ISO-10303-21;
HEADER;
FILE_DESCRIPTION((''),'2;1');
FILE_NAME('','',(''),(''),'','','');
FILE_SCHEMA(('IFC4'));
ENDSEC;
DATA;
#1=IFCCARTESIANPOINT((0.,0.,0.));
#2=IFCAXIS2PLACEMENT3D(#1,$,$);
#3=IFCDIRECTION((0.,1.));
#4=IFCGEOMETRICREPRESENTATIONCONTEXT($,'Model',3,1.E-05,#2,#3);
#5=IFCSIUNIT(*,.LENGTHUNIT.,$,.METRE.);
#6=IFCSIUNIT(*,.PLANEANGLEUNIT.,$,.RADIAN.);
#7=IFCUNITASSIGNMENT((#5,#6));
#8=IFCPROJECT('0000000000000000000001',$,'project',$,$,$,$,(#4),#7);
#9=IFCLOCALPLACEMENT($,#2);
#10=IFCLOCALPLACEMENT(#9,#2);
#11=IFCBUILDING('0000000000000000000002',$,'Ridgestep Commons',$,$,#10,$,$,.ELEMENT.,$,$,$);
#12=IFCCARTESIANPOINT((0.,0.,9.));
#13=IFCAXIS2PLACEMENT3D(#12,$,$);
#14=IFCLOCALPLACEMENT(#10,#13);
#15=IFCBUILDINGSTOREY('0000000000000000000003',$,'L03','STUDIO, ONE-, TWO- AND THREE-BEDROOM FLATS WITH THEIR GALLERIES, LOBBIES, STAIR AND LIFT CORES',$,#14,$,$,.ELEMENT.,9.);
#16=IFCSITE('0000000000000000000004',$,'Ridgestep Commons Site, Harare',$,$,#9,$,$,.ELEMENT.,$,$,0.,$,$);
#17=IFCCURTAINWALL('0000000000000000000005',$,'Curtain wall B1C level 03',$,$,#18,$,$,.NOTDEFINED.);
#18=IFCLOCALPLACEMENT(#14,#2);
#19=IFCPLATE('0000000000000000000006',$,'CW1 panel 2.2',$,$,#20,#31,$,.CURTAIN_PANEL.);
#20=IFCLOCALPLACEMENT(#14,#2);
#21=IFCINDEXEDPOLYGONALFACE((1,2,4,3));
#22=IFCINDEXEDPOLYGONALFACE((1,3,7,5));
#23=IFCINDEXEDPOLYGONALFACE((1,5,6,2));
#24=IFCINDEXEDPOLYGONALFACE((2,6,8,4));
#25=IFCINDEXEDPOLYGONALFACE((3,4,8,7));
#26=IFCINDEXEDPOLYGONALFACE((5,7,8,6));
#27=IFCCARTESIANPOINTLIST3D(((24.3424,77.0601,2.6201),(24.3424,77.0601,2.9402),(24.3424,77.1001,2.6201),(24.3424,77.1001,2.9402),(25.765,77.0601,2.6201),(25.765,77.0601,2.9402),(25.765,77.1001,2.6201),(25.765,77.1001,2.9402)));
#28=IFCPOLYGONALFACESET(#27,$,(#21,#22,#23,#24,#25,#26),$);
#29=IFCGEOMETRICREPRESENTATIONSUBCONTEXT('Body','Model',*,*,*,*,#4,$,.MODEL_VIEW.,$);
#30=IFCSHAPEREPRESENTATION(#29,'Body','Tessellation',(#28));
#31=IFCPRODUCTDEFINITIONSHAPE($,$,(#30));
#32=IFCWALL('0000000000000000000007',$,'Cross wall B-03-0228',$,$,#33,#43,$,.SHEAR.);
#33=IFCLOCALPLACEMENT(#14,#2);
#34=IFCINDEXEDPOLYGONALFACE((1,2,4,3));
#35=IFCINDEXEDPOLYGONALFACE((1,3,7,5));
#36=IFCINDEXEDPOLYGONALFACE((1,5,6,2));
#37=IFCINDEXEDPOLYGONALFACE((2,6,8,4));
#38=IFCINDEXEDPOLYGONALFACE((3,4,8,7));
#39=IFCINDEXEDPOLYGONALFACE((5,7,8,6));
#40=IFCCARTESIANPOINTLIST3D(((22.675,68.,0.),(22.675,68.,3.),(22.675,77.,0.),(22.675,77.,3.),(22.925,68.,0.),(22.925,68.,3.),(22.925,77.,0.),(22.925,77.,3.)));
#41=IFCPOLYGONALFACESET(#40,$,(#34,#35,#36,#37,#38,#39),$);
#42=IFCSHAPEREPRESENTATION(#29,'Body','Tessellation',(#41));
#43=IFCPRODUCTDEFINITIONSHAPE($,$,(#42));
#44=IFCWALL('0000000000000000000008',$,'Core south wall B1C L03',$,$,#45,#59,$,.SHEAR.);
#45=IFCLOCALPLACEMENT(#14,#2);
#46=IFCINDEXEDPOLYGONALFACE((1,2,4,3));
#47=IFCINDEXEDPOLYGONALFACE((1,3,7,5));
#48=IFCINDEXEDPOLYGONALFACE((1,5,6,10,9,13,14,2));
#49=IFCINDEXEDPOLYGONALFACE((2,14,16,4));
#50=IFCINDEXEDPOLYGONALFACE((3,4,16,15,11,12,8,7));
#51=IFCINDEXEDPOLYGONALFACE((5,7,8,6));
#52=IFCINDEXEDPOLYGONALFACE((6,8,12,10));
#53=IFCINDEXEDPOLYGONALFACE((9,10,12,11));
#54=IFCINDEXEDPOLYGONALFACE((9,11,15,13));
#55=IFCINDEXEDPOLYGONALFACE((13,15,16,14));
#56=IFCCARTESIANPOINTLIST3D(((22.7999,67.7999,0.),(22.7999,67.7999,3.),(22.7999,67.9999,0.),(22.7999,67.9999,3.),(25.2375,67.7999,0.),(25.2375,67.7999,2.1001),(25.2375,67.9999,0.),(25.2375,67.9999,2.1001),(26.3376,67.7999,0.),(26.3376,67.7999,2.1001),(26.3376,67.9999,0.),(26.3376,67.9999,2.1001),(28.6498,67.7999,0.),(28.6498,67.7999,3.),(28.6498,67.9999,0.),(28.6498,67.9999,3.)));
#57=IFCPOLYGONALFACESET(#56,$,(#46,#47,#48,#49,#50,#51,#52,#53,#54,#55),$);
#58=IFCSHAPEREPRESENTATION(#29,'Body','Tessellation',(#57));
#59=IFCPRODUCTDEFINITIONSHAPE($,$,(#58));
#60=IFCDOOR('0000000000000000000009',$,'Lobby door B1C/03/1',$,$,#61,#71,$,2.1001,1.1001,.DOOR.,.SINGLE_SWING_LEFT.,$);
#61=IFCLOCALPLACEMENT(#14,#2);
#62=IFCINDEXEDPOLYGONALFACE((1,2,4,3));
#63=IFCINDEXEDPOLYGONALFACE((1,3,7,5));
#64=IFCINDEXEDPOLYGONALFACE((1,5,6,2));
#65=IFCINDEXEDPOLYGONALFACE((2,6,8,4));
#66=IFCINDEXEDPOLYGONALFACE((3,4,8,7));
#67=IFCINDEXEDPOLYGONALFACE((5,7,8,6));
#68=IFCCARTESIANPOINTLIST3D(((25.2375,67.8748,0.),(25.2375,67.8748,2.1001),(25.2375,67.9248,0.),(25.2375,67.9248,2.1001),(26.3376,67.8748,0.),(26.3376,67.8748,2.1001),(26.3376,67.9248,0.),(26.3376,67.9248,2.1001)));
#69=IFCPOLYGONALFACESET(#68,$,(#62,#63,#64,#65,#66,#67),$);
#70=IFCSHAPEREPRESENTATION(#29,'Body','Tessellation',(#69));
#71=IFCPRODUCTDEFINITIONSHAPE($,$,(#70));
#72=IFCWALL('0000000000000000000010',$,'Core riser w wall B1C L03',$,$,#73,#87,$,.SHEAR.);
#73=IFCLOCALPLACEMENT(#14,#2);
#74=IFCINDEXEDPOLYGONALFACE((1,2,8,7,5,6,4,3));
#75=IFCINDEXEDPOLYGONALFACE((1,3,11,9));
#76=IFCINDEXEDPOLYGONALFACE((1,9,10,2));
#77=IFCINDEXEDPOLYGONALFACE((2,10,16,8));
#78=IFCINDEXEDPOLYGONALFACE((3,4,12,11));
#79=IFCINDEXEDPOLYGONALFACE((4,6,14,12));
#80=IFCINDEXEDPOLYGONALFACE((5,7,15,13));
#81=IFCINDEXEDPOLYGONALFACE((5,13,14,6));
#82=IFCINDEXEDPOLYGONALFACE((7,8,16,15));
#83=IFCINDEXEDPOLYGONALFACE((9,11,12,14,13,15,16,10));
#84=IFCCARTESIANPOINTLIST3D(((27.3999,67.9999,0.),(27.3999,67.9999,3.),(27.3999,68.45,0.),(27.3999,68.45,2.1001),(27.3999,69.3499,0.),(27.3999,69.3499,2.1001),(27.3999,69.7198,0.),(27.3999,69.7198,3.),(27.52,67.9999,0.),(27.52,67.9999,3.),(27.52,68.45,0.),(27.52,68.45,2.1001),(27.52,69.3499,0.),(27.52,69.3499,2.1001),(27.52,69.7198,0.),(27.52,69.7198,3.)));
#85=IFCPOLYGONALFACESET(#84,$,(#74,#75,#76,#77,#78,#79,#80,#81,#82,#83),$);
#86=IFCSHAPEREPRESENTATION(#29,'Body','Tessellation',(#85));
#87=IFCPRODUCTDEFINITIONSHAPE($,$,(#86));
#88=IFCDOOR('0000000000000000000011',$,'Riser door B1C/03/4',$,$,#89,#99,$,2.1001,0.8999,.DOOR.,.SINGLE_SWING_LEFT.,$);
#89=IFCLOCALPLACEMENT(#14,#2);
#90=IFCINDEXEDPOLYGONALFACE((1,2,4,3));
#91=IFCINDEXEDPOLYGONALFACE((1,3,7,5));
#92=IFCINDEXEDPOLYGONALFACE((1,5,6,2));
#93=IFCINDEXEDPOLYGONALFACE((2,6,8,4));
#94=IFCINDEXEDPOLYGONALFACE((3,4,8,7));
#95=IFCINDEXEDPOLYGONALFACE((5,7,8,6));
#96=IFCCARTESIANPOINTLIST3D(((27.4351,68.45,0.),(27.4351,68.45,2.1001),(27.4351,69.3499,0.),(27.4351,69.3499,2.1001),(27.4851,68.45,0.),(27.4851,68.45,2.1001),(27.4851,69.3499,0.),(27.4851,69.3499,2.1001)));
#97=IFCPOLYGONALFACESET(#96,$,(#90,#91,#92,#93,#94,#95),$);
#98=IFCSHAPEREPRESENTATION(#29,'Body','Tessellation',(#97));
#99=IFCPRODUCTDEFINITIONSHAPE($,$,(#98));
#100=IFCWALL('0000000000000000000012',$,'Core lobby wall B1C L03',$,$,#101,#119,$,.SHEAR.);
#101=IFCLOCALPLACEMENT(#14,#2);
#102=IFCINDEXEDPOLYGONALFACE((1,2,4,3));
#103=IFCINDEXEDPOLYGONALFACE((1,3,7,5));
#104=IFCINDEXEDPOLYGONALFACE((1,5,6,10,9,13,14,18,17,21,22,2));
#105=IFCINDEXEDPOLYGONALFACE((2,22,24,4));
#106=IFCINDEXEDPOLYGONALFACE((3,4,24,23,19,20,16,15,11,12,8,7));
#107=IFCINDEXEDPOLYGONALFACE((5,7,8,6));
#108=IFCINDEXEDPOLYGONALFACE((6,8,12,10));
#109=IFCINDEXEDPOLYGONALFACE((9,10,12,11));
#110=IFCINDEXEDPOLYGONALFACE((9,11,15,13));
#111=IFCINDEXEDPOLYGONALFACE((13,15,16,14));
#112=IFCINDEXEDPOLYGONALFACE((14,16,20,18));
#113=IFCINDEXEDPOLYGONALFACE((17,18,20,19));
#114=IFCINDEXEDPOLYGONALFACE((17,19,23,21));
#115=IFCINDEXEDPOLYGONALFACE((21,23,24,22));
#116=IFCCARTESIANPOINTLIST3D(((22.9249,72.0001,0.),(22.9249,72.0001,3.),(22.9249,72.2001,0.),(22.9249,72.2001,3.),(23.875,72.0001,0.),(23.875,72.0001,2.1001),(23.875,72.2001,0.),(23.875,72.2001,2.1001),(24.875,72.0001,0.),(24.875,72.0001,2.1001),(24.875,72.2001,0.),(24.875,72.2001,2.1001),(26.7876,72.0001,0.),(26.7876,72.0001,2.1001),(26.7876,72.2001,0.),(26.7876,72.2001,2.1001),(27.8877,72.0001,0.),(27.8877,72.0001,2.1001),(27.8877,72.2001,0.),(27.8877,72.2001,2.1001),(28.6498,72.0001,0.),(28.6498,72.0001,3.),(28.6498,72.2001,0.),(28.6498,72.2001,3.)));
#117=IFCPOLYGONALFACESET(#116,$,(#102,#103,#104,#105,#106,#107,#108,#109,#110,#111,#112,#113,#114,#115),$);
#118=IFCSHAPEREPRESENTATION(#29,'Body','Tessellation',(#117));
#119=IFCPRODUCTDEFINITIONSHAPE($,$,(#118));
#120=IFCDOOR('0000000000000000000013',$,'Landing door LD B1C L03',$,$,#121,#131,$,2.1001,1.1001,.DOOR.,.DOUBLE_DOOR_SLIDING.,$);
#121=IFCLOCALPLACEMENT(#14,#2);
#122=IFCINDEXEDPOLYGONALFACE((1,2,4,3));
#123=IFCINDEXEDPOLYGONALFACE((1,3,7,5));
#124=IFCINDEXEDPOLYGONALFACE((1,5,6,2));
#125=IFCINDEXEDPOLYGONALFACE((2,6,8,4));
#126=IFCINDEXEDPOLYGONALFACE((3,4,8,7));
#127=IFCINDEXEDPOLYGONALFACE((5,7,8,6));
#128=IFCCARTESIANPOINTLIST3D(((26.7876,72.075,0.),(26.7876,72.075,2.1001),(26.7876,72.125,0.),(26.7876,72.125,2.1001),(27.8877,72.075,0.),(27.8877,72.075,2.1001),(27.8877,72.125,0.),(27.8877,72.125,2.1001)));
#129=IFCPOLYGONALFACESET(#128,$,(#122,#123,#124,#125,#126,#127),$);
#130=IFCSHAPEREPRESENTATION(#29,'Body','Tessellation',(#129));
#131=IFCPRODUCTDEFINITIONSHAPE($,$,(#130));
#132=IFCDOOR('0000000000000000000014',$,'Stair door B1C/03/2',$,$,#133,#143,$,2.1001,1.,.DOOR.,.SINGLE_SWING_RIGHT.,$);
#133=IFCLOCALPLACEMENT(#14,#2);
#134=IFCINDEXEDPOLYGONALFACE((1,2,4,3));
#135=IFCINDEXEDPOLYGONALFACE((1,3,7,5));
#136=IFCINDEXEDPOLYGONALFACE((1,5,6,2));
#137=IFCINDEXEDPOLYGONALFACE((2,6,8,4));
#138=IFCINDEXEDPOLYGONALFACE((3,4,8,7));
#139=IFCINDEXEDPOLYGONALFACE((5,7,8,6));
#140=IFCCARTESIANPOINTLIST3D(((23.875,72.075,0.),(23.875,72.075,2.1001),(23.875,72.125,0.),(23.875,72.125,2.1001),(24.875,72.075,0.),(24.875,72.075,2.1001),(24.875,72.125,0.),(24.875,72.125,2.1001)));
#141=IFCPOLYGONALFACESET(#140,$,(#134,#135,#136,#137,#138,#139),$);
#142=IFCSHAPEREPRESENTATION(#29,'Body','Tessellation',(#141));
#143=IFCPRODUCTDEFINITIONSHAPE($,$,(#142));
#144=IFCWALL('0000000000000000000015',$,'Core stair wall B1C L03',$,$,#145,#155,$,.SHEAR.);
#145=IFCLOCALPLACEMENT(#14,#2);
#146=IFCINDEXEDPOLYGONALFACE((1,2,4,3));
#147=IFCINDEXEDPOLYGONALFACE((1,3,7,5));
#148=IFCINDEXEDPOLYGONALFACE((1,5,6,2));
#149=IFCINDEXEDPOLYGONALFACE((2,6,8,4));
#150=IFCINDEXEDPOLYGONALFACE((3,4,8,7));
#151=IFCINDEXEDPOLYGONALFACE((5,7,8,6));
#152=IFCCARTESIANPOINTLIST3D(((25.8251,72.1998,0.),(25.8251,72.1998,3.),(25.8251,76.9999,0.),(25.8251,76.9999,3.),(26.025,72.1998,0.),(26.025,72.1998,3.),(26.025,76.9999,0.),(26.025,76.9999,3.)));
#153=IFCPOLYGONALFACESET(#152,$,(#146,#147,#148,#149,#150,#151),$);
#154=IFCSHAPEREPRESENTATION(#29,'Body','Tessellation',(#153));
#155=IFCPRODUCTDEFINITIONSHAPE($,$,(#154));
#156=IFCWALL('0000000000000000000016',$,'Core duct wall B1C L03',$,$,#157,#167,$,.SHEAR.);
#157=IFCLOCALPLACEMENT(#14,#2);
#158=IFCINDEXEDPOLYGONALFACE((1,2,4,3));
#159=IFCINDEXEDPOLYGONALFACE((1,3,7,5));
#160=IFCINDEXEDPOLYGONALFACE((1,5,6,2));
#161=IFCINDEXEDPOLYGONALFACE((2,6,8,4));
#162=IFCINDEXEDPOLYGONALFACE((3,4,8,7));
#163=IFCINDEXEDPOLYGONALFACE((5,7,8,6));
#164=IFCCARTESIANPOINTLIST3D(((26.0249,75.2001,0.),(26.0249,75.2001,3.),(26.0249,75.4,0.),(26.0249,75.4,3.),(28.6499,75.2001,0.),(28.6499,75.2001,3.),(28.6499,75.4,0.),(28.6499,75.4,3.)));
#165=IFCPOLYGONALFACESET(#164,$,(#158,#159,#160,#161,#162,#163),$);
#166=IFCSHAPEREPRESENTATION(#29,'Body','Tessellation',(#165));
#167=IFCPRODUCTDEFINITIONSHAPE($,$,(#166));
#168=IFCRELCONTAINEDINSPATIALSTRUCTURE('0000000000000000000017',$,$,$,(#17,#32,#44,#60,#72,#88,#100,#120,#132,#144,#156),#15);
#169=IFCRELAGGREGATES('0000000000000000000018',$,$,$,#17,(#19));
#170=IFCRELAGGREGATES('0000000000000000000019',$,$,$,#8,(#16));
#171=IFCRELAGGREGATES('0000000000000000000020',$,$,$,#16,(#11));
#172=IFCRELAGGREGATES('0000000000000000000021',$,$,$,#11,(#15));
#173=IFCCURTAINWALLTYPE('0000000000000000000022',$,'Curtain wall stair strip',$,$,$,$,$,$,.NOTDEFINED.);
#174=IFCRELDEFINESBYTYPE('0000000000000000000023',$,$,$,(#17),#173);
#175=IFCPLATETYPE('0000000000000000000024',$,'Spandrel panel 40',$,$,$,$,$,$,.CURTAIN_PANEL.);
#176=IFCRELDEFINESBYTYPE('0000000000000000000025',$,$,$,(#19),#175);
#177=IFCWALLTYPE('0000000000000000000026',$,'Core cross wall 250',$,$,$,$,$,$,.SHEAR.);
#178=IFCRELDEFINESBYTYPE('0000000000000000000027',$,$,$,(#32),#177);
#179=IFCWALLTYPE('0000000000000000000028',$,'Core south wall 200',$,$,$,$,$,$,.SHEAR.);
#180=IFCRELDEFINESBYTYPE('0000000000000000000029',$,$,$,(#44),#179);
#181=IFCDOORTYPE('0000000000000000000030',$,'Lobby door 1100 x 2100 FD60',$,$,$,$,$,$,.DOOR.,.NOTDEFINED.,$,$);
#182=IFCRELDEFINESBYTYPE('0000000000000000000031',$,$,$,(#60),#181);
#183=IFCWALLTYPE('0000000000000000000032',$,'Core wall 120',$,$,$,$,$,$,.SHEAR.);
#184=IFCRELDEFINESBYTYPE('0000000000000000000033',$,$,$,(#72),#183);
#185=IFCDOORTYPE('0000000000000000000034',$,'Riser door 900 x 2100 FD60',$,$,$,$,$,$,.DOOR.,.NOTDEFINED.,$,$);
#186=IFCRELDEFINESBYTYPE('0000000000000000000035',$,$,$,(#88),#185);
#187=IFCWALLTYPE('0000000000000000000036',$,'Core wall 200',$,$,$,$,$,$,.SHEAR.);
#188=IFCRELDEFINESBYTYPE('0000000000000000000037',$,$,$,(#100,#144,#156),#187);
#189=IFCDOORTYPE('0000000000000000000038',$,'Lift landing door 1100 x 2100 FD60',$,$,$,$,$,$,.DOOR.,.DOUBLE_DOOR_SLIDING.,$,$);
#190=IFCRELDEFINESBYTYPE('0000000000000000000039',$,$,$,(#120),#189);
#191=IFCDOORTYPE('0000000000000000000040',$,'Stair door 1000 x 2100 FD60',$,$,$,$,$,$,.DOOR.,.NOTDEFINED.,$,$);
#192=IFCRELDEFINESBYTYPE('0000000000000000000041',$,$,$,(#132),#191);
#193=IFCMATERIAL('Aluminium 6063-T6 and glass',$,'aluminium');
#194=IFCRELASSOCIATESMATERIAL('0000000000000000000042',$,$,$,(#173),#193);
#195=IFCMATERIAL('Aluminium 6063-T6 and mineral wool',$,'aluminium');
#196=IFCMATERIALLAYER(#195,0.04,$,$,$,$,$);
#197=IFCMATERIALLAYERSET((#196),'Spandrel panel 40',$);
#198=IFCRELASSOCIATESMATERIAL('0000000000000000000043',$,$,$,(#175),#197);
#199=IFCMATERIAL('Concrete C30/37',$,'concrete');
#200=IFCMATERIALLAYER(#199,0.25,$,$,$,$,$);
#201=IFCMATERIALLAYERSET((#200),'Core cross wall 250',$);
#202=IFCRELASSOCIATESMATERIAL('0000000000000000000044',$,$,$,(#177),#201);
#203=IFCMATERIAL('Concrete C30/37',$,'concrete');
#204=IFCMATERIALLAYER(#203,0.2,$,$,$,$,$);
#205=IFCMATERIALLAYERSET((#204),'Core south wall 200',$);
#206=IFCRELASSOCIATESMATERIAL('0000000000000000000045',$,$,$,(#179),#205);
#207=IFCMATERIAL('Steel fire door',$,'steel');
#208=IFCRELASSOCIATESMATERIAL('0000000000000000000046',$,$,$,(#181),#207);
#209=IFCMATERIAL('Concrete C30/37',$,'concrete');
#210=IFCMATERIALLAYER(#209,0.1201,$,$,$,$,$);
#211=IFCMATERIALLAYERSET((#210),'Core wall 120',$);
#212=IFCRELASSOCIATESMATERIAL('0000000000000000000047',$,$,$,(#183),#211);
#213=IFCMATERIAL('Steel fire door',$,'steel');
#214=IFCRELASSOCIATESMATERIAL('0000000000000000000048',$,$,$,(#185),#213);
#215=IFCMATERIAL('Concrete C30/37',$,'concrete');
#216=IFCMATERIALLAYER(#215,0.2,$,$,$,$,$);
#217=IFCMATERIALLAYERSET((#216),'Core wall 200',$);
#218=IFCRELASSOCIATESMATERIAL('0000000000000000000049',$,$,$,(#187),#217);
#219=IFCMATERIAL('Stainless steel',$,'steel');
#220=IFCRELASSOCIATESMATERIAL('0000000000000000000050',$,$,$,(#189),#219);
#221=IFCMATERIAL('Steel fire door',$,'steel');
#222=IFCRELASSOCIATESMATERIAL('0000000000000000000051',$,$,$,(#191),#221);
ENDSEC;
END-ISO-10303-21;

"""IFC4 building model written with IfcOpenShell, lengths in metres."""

from ifc_helpers import new_model, si_unit, direction, frame, frame_2d, origin, origin_2d, place, context, subcontext, project, spatial, rectangle, extrude, material, layer, layer_set, type_object, element, fill, aggregate, save


model = new_model("IFC4")

# Units and contexts
model_context = context("Model", 3, precision=1e-05, world=origin(), true_north=direction((0.0, 1.0)))
body_context = subcontext(model_context, "Body", "Model", "MODEL_VIEW")
ifc_project = project(units=[si_unit("LENGTHUNIT", "METRE"), si_unit("PLANEANGLEUNIT", "RADIAN")], contexts=[model_context])

# Site, building, storey
site_placement = place(None, origin())
site = spatial("IfcSite", under=ifc_project, at=site_placement, Name="Ridgestep Commons Site, Harare", CompositionType="ELEMENT", RefElevation=0.0)
building_placement = place(site_placement, origin())
building = spatial("IfcBuilding", under=site, at=building_placement, Name="Ridgestep Commons", CompositionType="ELEMENT")
storey_placement = place(building_placement, frame((0.0, 0.0, 9.0)))
storey = spatial("IfcBuildingStorey", under=building, at=storey_placement, Name="L03", Description="STUDIO, ONE-, TWO- AND THREE-BEDROOM FLATS WITH THEIR GALLERIES, LOBBIES, STAIR AND LIFT CORES", CompositionType="ELEMENT", Elevation=9.0)

# Curtain wall, plate
ifc_material_1 = material(Name="Aluminium 6063-T6 and glass", Category="aluminium")
curtain_wall_type = type_object("IfcCurtainWallType", Name="Curtain wall stair strip", PredefinedType="NOTDEFINED", material=ifc_material_1)
curtain_wall_placement = place(storey_placement, origin())
curtain_wall = element("IfcCurtainWall", 1, at=curtain_wall_placement, inside=storey, type_object=curtain_wall_type, Name="Curtain wall B1C level 03", PredefinedType="NOTDEFINED")
ifc_material_2 = material(Name="Aluminium 6063-T6 and mineral wool", Category="aluminium")
ifc_layer_1 = layer(ifc_material_2, 0.04)
ifc_layer_set_1 = layer_set([ifc_layer_1], Name="Spandrel panel 40")
plate_type_1 = type_object("IfcPlateType", Name="Spandrel panel 40", PredefinedType="CURTAIN_PANEL", material=ifc_layer_set_1)
plate_1_placement = place(storey_placement, frame((25.0537, 77.0801, 2.6201), z_axis=(0.0, 0.0, 1.0), x_axis=(1.0, 0.0, 0.0)))
plate_1 = element("IfcPlate", 2, at=plate_1_placement, type_object=plate_type_1, Name="CW1 panel 2.2", PredefinedType="CURTAIN_PANEL", context=body_context, shape_type="SweptSolid", body=[
    extrude(rectangle(XDim=1.4226, YDim=0.04, at=origin_2d()), origin(), (0.0, 0.0, 1.0), 0.3201),
])
aggregate(curtain_wall, [plate_1])

# Wall
ifc_material_3 = material(Name="Concrete C30/37", Category="concrete")
ifc_layer_2 = layer(ifc_material_3, 0.25)
ifc_layer_set_2 = layer_set([ifc_layer_2], Name="Core cross wall 250")
wall_type_1 = type_object("IfcWallType", Name="Core cross wall 250", PredefinedType="SHEAR", material=ifc_layer_set_2)
wall_1_placement = place(storey_placement, frame((22.8, 68.0, 0.0), z_axis=(0.0, 0.0, 1.0), x_axis=(0.0, 1.0, 0.0)))
element("IfcWall", 3, at=wall_1_placement, inside=storey, type_object=wall_type_1, Name="Cross wall B-03-0228", PredefinedType="SHEAR", context=body_context, shape_type="SweptSolid", body=[
    extrude(rectangle(XDim=9.0, YDim=0.25, at=frame_2d((4.5, 0.0))), origin(), (0.0, 0.0, 1.0), 3.0),
])

# Walls, openings, doors
ifc_material_4 = material(Name="Concrete C30/37", Category="concrete")
ifc_layer_3 = layer(ifc_material_4, 0.2)
ifc_layer_set_3 = layer_set([ifc_layer_3], Name="Core south wall 200")
wall_type_2 = type_object("IfcWallType", Name="Core south wall 200", PredefinedType="SHEAR", material=ifc_layer_set_3)
wall_2_placement = place(storey_placement, frame((22.8, 67.8999, 0.0), z_axis=(0.0, 0.0, 1.0), x_axis=(1.0, 0.0, 0.0)))
wall_2 = element("IfcWall", 4, at=wall_2_placement, inside=storey, type_object=wall_type_2, Name="Core south wall B1C L03", PredefinedType="SHEAR", context=body_context, shape_type="SweptSolid", body=[
    extrude(rectangle(XDim=5.8499, YDim=0.2, at=frame_2d((2.9248, 0.0))), origin(), (0.0, 0.0, 1.0), 3.0),
])
opening_1_placement = place(wall_2_placement, frame((2.4375, 0.0, 0.0)))
opening_1 = element("IfcOpeningElement", 5, at=opening_1_placement, cuts=wall_2, PredefinedType="OPENING", context=body_context, shape_type="SweptSolid", body=[
    extrude(rectangle(XDim=1.1001, YDim=2.1001, at=frame_2d((0.55, 1.05))), frame((0.0, 0.1099, 0.0), z_axis=(0.0, -1.0, 0.0), x_axis=(1.0, 0.0, 0.0)), (0.0, 0.0, 1.0), 0.22),
])
ifc_material_5 = material(Name="Steel fire door", Category="steel")
door_type_1 = type_object("IfcDoorType", Name="Lobby door 1100 x 2100 FD60", OperationType="NOTDEFINED", PredefinedType="DOOR", material=ifc_material_5)
door_1_placement = place(opening_1_placement, origin())
door_1 = element("IfcDoor", 6, at=door_1_placement, inside=storey, type_object=door_type_1, Name="Lobby door B1C/03/1", OperationType="SINGLE_SWING_LEFT", OverallHeight=2.1001, OverallWidth=1.1001, PredefinedType="DOOR", context=body_context, shape_type="SweptSolid", body=[
    extrude(rectangle(XDim=1.1001, YDim=2.1001, at=frame_2d((0.55, 1.05))), frame((0.0, 0.0249, 0.0), z_axis=(0.0, -1.0, 0.0), x_axis=(1.0, 0.0, 0.0)), (0.0, 0.0, 1.0), 0.05),
])
fill(opening_1, door_1)
ifc_material_6 = material(Name="Concrete C30/37", Category="concrete")
ifc_layer_4 = layer(ifc_material_6, 0.1201)
ifc_layer_set_4 = layer_set([ifc_layer_4], Name="Core wall 120")
wall_type_3 = type_object("IfcWallType", Name="Core wall 120", PredefinedType="SHEAR", material=ifc_layer_set_4)
wall_3_placement = place(storey_placement, frame((27.46, 68.0, 0.0), z_axis=(0.0, 0.0, 1.0), x_axis=(0.0, 1.0, 0.0)))
wall_3 = element("IfcWall", 7, at=wall_3_placement, inside=storey, type_object=wall_type_3, Name="Core riser w wall B1C L03", PredefinedType="SHEAR", context=body_context, shape_type="SweptSolid", body=[
    extrude(rectangle(XDim=1.72, YDim=0.1201, at=frame_2d((0.8599, 0.0))), origin(), (0.0, 0.0, 1.0), 3.0),
])
opening_2_placement = place(wall_3_placement, frame((0.45, 0.0, 0.0)))
opening_2 = element("IfcOpeningElement", 8, at=opening_2_placement, cuts=wall_3, PredefinedType="OPENING", context=body_context, shape_type="SweptSolid", body=[
    extrude(rectangle(XDim=0.8999, YDim=2.1001, at=frame_2d((0.45, 1.05))), frame((0.0, 0.0701, 0.0), z_axis=(0.0, -1.0, 0.0), x_axis=(1.0, 0.0, 0.0)), (0.0, 0.0, 1.0), 0.1401),
])
ifc_material_7 = material(Name="Steel fire door", Category="steel")
door_type_2 = type_object("IfcDoorType", Name="Riser door 900 x 2100 FD60", OperationType="NOTDEFINED", PredefinedType="DOOR", material=ifc_material_7)
door_2_placement = place(opening_2_placement, origin())
door_2 = element("IfcDoor", 9, at=door_2_placement, inside=storey, type_object=door_type_2, Name="Riser door B1C/03/4", OperationType="SINGLE_SWING_LEFT", OverallHeight=2.1001, OverallWidth=0.8999, PredefinedType="DOOR", context=body_context, shape_type="SweptSolid", body=[
    extrude(rectangle(XDim=0.8999, YDim=2.1001, at=frame_2d((0.45, 1.05))), frame((0.0, 0.0249, 0.0), z_axis=(0.0, -1.0, 0.0), x_axis=(1.0, 0.0, 0.0)), (0.0, 0.0, 1.0), 0.05),
])
fill(opening_2, door_2)

# Wall, openings, doors
ifc_material_8 = material(Name="Concrete C30/37", Category="concrete")
ifc_layer_5 = layer(ifc_material_8, 0.2)
ifc_layer_set_5 = layer_set([ifc_layer_5], Name="Core wall 200")
wall_type_4 = type_object("IfcWallType", Name="Core wall 200", PredefinedType="SHEAR", material=ifc_layer_set_5)
wall_4_placement = place(storey_placement, frame((22.925, 72.1001, 0.0), z_axis=(0.0, 0.0, 1.0), x_axis=(1.0, 0.0, 0.0)))
wall_4 = element("IfcWall", 10, at=wall_4_placement, inside=storey, type_object=wall_type_4, Name="Core lobby wall B1C L03", PredefinedType="SHEAR", context=body_context, shape_type="SweptSolid", body=[
    extrude(rectangle(XDim=5.7249, YDim=0.2, at=frame_2d((2.8623, 0.0))), origin(), (0.0, 0.0, 1.0), 3.0),
])
opening_3_placement = place(wall_4_placement, frame((0.95, 0.0, 0.0)))
opening_3 = element("IfcOpeningElement", 11, at=opening_3_placement, cuts=wall_4, PredefinedType="OPENING", context=body_context, shape_type="SweptSolid", body=[
    extrude(rectangle(XDim=1.0, YDim=2.1001, at=frame_2d((0.5, 1.05))), frame((0.0, 0.1099, 0.0), z_axis=(0.0, -1.0, 0.0), x_axis=(1.0, 0.0, 0.0)), (0.0, 0.0, 1.0), 0.22),
])
opening_4_placement = place(wall_4_placement, frame((3.8625, 0.0, 0.0)))
opening_4 = element("IfcOpeningElement", 12, at=opening_4_placement, cuts=wall_4, PredefinedType="OPENING", context=body_context, shape_type="SweptSolid", body=[
    extrude(rectangle(XDim=1.1001, YDim=2.1001, at=frame_2d((0.55, 1.05))), frame((0.0, 0.1099, 0.0), z_axis=(0.0, -1.0, 0.0), x_axis=(1.0, 0.0, 0.0)), (0.0, 0.0, 1.0), 0.22),
])
ifc_material_9 = material(Name="Stainless steel", Category="steel")
door_type_3 = type_object("IfcDoorType", Name="Lift landing door 1100 x 2100 FD60", OperationType="DOUBLE_DOOR_SLIDING", PredefinedType="DOOR", material=ifc_material_9)
door_3_placement = place(opening_4_placement, origin())
door_3 = element("IfcDoor", 13, at=door_3_placement, inside=storey, type_object=door_type_3, Name="Landing door LD B1C L03", OperationType="DOUBLE_DOOR_SLIDING", OverallHeight=2.1001, OverallWidth=1.1001, PredefinedType="DOOR", context=body_context, shape_type="SweptSolid", body=[
    extrude(rectangle(XDim=1.1001, YDim=2.1001, at=frame_2d((0.55, 1.05))), frame((0.0, 0.0249, 0.0), z_axis=(0.0, -1.0, 0.0), x_axis=(1.0, 0.0, 0.0)), (0.0, 0.0, 1.0), 0.05),
])
fill(opening_4, door_3)
ifc_material_10 = material(Name="Steel fire door", Category="steel")
door_type_4 = type_object("IfcDoorType", Name="Stair door 1000 x 2100 FD60", OperationType="NOTDEFINED", PredefinedType="DOOR", material=ifc_material_10)
door_4_placement = place(opening_3_placement, origin())
door_4 = element("IfcDoor", 14, at=door_4_placement, inside=storey, type_object=door_type_4, Name="Stair door B1C/03/2", OperationType="SINGLE_SWING_RIGHT", OverallHeight=2.1001, OverallWidth=1.0, PredefinedType="DOOR", context=body_context, shape_type="SweptSolid", body=[
    extrude(rectangle(XDim=1.0, YDim=2.1001, at=frame_2d((0.5, 1.05))), frame((0.0, 0.0249, 0.0), z_axis=(0.0, -1.0, 0.0), x_axis=(1.0, 0.0, 0.0)), (0.0, 0.0, 1.0), 0.05),
])
fill(opening_3, door_4)

# Walls
wall_5_placement = place(storey_placement, frame((25.925, 72.2, 0.0), z_axis=(0.0, 0.0, 1.0), x_axis=(0.0, 1.0, 0.0)))
element("IfcWall", 15, at=wall_5_placement, inside=storey, type_object=wall_type_4, Name="Core stair wall B1C L03", PredefinedType="SHEAR", context=body_context, shape_type="SweptSolid", body=[
    extrude(rectangle(XDim=4.8, YDim=0.2, at=frame_2d((2.3999, 0.0))), origin(), (0.0, 0.0, 1.0), 3.0),
])
wall_6_placement = place(storey_placement, frame((26.0249, 75.3, 0.0), z_axis=(0.0, 0.0, 1.0), x_axis=(1.0, 0.0, 0.0)))
element("IfcWall", 16, at=wall_6_placement, inside=storey, type_object=wall_type_4, Name="Core duct wall B1C L03", PredefinedType="SHEAR", context=body_context, shape_type="SweptSolid", body=[
    extrude(rectangle(XDim=2.625, YDim=0.2, at=frame_2d((1.3125, 0.0))), origin(), (0.0, 0.0, 1.0), 3.0),
])

save(model, "model.ifc")
